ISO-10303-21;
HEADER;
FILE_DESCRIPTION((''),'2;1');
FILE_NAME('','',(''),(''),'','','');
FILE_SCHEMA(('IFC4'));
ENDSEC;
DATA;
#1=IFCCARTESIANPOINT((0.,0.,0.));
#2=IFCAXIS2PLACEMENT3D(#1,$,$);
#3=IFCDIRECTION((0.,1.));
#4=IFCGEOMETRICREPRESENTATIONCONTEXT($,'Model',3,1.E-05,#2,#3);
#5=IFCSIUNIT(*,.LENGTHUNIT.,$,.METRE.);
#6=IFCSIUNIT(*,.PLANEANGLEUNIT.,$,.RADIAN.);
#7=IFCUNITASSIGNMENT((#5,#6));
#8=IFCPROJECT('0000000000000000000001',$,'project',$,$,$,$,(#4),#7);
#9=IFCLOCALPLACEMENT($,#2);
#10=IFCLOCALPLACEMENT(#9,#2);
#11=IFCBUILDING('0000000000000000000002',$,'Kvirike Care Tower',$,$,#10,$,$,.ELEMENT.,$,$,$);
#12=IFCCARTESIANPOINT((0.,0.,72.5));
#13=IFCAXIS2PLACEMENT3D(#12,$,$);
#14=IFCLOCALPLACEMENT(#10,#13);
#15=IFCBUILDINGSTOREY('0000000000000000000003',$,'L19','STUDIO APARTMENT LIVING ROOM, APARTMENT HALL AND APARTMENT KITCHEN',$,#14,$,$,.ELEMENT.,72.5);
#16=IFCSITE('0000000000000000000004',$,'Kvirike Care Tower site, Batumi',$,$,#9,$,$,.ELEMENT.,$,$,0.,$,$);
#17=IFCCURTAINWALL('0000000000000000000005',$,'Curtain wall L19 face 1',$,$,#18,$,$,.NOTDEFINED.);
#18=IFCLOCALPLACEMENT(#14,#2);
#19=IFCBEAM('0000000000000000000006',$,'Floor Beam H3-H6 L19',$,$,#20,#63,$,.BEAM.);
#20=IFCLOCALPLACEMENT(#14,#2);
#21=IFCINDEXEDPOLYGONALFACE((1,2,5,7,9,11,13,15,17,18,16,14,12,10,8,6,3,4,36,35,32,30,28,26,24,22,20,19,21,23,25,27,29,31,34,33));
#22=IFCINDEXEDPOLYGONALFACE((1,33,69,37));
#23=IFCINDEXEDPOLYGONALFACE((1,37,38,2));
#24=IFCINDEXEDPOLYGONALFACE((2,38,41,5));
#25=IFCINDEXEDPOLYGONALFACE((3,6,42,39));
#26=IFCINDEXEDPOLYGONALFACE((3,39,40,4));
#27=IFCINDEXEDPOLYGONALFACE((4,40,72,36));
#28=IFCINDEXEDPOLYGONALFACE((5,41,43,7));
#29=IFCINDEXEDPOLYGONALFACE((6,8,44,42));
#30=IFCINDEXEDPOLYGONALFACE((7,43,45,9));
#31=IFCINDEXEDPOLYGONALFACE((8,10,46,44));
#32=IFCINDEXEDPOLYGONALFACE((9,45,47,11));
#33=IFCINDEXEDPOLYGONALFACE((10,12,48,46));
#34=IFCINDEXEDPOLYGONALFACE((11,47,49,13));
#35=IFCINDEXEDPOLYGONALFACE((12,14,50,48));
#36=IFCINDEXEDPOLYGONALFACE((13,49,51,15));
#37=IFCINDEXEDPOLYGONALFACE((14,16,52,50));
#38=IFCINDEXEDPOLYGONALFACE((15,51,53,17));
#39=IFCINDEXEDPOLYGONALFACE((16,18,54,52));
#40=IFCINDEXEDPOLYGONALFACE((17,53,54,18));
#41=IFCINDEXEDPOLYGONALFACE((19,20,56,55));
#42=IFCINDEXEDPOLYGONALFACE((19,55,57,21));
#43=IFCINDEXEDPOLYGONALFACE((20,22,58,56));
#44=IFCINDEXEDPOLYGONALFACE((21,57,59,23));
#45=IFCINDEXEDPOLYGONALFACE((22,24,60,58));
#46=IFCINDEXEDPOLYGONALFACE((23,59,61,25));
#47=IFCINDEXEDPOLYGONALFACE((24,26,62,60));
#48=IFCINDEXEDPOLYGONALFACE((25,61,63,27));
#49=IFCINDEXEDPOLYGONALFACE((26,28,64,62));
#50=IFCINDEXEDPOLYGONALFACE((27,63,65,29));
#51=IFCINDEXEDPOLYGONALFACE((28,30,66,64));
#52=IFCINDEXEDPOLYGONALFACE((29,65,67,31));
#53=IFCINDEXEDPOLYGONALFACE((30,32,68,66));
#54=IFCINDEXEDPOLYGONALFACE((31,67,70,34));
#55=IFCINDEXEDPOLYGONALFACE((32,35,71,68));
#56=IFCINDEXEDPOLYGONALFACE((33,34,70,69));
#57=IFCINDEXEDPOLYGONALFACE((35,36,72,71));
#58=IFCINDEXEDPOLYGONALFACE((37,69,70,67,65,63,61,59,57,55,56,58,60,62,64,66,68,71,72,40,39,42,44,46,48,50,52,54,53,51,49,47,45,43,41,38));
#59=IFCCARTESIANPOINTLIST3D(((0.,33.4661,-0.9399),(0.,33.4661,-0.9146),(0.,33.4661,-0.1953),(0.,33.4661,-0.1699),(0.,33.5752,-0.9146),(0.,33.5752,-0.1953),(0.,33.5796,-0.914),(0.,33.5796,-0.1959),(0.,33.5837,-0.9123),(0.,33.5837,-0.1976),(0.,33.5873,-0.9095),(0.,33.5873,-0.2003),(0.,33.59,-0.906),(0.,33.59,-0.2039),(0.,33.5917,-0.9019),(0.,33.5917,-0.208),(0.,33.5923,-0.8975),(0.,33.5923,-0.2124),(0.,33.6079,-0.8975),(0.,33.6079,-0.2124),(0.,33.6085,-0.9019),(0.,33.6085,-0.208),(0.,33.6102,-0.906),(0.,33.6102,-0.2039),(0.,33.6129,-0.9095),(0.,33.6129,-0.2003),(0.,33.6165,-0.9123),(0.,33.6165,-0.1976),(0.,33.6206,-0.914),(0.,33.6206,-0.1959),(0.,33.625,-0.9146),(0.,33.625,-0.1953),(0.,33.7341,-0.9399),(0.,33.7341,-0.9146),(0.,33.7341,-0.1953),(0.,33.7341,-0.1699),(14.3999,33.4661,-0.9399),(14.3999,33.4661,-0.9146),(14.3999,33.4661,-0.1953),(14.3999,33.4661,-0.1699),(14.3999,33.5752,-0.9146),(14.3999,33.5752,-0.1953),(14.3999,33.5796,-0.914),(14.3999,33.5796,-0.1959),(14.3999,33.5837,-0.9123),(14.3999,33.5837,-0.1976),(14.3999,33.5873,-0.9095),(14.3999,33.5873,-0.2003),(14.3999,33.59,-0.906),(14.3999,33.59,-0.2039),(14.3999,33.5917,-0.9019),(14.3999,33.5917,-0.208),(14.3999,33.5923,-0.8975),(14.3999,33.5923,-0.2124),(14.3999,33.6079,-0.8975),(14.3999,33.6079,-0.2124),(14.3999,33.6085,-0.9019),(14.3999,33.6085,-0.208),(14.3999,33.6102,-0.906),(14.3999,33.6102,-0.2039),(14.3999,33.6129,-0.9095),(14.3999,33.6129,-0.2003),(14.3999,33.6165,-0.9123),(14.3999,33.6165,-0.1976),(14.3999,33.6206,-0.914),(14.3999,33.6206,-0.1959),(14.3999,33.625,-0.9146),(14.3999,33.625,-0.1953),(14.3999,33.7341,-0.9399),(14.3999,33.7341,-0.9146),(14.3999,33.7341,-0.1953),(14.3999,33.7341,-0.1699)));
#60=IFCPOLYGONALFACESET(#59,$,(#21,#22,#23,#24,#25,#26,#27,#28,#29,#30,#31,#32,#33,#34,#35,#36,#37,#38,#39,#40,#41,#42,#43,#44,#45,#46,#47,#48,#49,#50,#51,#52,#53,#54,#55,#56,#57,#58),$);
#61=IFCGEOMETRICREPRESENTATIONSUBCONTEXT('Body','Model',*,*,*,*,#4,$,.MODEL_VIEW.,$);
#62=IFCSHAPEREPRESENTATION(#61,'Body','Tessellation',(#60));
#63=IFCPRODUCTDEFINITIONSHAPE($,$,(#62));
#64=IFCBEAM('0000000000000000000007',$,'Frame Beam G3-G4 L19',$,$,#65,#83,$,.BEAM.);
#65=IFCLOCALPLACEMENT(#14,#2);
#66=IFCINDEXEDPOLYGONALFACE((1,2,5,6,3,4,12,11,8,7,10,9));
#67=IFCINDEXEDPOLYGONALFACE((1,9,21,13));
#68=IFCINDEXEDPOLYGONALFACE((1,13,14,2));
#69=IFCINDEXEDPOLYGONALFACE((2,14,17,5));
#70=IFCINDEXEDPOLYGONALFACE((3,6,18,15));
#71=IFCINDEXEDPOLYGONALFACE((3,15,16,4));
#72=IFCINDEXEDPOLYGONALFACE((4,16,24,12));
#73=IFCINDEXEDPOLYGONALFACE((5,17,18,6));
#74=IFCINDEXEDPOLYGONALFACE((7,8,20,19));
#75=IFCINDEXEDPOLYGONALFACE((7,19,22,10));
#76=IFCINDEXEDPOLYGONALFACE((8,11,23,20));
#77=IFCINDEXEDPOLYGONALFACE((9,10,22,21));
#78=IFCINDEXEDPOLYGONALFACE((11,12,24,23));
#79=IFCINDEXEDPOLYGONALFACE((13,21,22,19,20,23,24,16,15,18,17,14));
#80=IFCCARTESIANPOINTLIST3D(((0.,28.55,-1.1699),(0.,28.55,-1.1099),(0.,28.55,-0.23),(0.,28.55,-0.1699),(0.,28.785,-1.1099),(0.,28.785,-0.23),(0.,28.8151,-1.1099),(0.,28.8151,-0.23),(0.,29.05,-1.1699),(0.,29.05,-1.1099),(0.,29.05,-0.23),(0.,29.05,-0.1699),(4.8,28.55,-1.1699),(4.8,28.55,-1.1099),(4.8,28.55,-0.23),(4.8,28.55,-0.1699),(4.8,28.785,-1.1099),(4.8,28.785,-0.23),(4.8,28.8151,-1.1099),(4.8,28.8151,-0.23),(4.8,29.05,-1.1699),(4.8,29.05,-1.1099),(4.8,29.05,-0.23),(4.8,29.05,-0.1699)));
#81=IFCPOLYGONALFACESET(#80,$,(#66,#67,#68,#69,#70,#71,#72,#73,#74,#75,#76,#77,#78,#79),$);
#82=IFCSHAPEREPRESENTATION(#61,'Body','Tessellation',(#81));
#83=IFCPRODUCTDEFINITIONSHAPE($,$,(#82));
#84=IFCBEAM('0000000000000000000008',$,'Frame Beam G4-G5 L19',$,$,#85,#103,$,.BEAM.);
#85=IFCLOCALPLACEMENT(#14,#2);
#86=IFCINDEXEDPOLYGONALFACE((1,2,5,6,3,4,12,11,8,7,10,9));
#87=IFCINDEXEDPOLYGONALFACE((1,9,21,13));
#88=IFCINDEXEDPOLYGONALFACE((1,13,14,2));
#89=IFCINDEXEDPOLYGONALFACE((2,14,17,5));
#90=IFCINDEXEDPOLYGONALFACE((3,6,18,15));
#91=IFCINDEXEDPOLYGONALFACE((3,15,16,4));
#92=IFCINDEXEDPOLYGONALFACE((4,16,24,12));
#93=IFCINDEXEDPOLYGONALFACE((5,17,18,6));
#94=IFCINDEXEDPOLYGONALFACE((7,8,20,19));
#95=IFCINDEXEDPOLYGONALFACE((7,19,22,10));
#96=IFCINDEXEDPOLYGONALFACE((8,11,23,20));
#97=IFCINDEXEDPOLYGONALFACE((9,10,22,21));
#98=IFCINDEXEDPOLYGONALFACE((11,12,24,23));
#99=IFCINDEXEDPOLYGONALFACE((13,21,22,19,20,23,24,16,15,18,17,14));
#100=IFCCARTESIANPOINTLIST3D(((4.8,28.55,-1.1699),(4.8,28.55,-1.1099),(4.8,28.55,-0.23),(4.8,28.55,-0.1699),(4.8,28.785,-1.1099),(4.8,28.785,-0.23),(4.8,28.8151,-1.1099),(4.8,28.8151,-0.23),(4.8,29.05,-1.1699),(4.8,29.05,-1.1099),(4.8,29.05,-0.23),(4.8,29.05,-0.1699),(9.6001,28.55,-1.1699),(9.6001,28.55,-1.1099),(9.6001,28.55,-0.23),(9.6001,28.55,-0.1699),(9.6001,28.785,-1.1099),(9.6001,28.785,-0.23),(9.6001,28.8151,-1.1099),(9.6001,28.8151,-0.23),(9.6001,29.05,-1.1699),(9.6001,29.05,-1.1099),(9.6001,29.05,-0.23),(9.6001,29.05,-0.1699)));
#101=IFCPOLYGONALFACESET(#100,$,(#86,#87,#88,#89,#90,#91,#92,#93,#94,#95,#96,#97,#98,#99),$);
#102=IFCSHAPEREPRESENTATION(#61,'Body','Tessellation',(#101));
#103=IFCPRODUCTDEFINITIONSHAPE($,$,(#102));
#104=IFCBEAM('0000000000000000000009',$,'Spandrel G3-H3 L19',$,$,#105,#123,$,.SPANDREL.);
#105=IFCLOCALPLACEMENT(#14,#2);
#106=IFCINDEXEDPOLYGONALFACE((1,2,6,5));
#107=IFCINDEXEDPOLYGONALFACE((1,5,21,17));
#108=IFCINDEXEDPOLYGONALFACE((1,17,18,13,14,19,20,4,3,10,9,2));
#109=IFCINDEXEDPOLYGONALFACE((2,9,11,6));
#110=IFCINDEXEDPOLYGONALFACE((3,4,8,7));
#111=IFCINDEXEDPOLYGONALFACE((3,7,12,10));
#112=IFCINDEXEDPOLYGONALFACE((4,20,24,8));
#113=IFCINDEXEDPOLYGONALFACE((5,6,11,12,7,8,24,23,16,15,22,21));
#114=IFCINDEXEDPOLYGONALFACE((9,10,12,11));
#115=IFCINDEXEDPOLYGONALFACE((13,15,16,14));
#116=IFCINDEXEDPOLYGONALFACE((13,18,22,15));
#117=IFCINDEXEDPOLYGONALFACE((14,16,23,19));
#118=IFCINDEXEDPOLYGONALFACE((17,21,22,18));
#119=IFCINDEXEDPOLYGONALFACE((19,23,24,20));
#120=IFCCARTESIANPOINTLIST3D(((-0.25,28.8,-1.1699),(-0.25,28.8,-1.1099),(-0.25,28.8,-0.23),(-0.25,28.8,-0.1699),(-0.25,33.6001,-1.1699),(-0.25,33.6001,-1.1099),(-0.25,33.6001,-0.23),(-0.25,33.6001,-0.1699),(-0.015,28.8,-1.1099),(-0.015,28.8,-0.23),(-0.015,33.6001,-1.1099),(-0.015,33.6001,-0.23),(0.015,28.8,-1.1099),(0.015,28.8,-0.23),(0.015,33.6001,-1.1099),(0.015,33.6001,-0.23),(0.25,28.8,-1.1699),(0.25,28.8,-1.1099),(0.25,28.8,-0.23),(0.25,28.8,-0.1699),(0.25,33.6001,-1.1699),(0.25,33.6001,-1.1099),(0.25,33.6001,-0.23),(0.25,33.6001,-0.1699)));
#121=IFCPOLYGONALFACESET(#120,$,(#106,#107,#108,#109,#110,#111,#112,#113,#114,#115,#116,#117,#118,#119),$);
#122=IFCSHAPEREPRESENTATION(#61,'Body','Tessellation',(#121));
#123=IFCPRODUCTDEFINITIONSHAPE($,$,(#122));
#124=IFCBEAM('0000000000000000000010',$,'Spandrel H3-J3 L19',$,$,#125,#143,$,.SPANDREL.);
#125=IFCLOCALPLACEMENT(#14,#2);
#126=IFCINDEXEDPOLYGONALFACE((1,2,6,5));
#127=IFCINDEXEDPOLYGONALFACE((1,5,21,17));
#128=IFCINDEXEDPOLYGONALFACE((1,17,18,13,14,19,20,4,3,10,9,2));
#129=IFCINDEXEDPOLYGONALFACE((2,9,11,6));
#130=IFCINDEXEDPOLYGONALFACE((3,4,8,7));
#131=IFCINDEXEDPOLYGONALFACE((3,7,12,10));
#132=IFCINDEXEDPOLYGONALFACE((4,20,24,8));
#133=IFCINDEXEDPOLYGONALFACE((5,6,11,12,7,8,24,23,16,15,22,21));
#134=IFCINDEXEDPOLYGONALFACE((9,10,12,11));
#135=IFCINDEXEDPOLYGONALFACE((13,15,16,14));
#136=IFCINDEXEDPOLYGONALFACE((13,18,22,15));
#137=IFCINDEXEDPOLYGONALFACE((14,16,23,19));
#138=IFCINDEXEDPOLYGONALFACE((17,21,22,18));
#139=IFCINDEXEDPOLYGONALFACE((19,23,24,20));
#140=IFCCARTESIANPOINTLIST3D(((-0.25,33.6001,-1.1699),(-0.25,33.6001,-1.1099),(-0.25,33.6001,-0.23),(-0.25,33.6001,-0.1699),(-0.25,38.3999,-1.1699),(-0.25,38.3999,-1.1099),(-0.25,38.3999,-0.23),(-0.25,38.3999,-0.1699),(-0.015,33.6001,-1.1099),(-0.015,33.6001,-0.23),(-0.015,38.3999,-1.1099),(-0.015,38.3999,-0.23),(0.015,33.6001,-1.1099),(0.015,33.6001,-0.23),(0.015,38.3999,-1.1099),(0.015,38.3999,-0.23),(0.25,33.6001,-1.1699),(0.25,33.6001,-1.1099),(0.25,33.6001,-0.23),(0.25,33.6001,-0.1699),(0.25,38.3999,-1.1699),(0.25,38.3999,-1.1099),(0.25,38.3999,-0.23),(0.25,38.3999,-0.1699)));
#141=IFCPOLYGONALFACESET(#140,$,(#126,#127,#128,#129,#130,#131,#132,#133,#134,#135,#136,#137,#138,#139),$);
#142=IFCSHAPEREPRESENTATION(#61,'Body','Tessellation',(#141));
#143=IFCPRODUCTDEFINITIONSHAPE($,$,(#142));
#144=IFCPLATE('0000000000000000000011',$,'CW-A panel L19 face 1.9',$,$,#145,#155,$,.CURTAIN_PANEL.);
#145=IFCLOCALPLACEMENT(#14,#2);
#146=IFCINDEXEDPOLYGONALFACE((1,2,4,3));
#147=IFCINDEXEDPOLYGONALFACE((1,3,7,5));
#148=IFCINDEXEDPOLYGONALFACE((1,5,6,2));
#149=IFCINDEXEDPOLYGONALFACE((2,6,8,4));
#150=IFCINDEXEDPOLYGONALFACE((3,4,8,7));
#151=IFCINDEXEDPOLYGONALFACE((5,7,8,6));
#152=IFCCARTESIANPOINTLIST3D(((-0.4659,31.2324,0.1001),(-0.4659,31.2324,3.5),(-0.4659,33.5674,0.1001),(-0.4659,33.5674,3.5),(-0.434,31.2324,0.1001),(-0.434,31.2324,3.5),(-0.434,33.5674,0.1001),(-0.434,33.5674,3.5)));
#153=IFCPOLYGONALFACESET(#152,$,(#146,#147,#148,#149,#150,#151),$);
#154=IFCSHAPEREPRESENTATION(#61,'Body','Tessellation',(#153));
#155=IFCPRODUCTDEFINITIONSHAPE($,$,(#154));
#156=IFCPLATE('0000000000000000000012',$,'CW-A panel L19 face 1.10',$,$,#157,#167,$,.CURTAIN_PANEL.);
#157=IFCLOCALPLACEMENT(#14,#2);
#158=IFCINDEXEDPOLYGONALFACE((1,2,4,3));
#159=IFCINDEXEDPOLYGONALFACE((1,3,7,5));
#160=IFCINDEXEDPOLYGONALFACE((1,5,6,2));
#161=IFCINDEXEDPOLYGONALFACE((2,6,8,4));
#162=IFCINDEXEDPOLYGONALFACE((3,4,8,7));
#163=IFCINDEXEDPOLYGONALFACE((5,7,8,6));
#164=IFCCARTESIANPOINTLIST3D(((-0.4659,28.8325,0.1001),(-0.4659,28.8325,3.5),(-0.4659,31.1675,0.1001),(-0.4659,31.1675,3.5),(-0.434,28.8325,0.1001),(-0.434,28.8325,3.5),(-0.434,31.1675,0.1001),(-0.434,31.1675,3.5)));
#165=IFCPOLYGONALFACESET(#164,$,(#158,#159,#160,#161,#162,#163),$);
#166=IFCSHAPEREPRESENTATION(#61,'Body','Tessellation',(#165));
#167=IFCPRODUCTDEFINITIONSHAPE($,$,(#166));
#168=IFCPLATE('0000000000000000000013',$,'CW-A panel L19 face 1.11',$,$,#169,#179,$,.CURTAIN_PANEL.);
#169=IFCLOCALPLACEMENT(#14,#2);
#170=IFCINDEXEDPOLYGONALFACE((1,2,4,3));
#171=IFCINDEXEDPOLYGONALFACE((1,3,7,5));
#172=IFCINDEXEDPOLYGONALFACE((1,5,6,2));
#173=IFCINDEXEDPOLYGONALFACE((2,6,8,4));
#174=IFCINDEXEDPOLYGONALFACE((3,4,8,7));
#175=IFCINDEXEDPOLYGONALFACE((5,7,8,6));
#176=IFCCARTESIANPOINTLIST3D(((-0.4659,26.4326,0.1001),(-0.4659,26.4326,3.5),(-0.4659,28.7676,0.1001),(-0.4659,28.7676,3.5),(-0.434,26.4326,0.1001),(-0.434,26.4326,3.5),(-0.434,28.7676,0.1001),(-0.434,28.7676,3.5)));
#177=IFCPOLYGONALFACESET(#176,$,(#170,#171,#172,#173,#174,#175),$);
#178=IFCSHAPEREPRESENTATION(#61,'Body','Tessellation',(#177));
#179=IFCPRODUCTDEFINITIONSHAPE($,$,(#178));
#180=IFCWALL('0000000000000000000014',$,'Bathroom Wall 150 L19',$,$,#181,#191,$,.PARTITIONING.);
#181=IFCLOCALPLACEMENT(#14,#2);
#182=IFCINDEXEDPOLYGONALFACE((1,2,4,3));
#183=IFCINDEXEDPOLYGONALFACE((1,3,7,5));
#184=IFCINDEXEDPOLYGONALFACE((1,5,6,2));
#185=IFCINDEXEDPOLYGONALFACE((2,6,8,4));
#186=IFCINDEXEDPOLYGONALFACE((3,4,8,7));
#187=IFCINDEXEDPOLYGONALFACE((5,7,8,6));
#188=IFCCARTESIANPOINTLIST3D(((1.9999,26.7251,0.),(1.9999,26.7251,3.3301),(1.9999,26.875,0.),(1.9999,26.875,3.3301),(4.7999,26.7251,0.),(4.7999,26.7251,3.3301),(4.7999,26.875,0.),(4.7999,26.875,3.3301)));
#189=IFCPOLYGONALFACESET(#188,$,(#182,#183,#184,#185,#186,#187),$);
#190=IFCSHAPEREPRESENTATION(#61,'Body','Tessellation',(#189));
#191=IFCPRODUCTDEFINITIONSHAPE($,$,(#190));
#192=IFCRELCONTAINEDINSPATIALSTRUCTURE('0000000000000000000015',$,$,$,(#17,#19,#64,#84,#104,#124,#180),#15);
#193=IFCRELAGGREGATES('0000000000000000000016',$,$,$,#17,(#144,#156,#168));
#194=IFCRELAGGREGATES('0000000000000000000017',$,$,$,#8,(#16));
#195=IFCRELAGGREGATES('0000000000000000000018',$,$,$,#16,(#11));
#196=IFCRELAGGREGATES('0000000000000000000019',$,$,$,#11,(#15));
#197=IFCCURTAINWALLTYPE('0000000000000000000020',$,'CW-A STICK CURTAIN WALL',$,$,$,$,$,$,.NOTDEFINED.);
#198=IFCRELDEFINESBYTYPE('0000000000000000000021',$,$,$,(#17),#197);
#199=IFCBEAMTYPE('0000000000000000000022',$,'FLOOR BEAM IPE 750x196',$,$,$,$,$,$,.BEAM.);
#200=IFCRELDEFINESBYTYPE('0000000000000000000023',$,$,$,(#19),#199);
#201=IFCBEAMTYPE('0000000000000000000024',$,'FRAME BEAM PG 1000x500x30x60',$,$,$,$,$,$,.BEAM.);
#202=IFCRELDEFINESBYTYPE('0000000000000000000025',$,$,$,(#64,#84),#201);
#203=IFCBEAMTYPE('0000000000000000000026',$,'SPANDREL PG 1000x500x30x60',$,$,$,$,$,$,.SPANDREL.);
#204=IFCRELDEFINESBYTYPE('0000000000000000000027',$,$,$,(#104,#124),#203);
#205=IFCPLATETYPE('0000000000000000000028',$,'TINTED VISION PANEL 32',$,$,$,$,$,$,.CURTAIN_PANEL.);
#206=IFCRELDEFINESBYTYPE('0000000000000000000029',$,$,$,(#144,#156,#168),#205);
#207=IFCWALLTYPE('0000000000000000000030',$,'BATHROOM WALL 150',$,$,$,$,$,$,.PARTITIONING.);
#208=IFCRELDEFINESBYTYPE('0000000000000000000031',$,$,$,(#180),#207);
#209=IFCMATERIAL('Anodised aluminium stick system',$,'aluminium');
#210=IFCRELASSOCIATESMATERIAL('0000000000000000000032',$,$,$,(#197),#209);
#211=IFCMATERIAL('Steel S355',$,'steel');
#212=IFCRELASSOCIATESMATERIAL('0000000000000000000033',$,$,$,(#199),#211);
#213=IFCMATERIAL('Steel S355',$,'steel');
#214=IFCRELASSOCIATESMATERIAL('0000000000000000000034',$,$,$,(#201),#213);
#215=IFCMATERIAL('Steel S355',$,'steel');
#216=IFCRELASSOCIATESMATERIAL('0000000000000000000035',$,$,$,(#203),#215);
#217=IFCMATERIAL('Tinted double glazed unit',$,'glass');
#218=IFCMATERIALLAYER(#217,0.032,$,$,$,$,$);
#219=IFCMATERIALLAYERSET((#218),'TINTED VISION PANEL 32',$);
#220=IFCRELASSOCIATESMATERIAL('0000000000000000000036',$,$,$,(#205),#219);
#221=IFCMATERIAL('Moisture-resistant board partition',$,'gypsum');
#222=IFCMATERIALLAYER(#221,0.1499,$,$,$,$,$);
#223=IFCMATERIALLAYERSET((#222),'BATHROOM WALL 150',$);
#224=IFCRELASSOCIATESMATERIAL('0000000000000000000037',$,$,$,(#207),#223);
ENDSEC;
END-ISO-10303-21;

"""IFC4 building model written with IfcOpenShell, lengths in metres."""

from ifc_helpers import new_model, si_unit, direction, frame, frame_2d, origin, origin_2d, place, context, subcontext, project, spatial, rectangle, i_section, extrude, material, layer, layer_set, material_profile, profile_set, type_object, element, aggregate, save


model = new_model("IFC4")

# Units and contexts
model_context = context("Model", 3, precision=1e-05, world=origin(), true_north=direction((0.0, 1.0)))
body_context = subcontext(model_context, "Body", "Model", "MODEL_VIEW")
ifc_project = project(units=[si_unit("LENGTHUNIT", "METRE"), si_unit("PLANEANGLEUNIT", "RADIAN")], contexts=[model_context])

# Site, building, storey
site_placement = place(None, origin())
site = spatial("IfcSite", under=ifc_project, at=site_placement, Name="Kvirike Care Tower site, Batumi", CompositionType="ELEMENT", RefElevation=0.0)
building_placement = place(site_placement, origin())
building = spatial("IfcBuilding", under=site, at=building_placement, Name="Kvirike Care Tower", CompositionType="ELEMENT")
storey_placement = place(building_placement, frame((0.0, 0.0, 72.5)))
storey = spatial("IfcBuildingStorey", under=building, at=storey_placement, Name="L19", Description="STUDIO APARTMENT LIVING ROOM, APARTMENT HALL AND APARTMENT KITCHEN", CompositionType="ELEMENT", Elevation=72.5)

# Curtain wall
ifc_material_1 = material(Name="Anodised aluminium stick system", Category="aluminium")
curtain_wall_type = type_object("IfcCurtainWallType", Name="CW-A STICK CURTAIN WALL", PredefinedType="NOTDEFINED", material=ifc_material_1)
curtain_wall_placement = place(storey_placement, origin())
curtain_wall = element("IfcCurtainWall", 1, at=curtain_wall_placement, inside=storey, type_object=curtain_wall_type, Name="Curtain wall L19 face 1", PredefinedType="NOTDEFINED")

# Beams
ifc_material_2 = material(Name="Steel S355", Category="steel")
ifc_material_profile_1 = material_profile(ifc_material_2, i_section(OverallWidth=0.2681, OverallDepth=0.77, WebThickness=0.0156, FlangeThickness=0.0254, FilletRadius=0.0171, at=origin_2d()), Name="IPE 750x196")
ifc_profile_set_1 = profile_set([ifc_material_profile_1], Name="Steel S355")
beam_type_1 = type_object("IfcBeamType", Name="FLOOR BEAM IPE 750x196", PredefinedType="BEAM", material=ifc_profile_set_1)
beam_1_placement = place(storey_placement, frame((0.0, 33.6001, -0.5549), z_axis=(1.0, 0.0, 0.0), x_axis=(0.0, 1.0, 0.0)))
element("IfcBeam", 2, at=beam_1_placement, inside=storey, type_object=beam_type_1, Name="Floor Beam H3-H6 L19", PredefinedType="BEAM", context=body_context, shape_type="SweptSolid", body=[
    extrude(i_section(OverallWidth=0.2681, OverallDepth=0.77, WebThickness=0.0156, FlangeThickness=0.0254, FilletRadius=0.0171, at=origin_2d()), origin(), (0.0, 0.0, 1.0), 14.3999),
])
ifc_material_3 = material(Name="Steel S355", Category="steel")
ifc_material_profile_2 = material_profile(ifc_material_3, i_section(OverallWidth=0.5, OverallDepth=1.0, WebThickness=0.03, FlangeThickness=0.0601, at=origin_2d()), Name="PG 1000x500x30x60")
ifc_profile_set_2 = profile_set([ifc_material_profile_2], Name="Steel S355")
beam_type_2 = type_object("IfcBeamType", Name="FRAME BEAM PG 1000x500x30x60", PredefinedType="BEAM", material=ifc_profile_set_2)
for number, where, z_axis, x_axis, name in (
    (3, (0.0, 28.8, -0.6699), (1.0, 0.0, 0.0), (0.0, 1.0, 0.0), "Frame Beam G3-G4 L19"),
    (4, (4.8, 28.8, -0.6699), (1.0, 0.0, 0.0), (0.0, 1.0, 0.0), "Frame Beam G4-G5 L19"),
):
    element("IfcBeam", number, at=place(storey_placement, frame(where, z_axis=z_axis, x_axis=x_axis)), inside=storey, type_object=beam_type_2, Name=name, PredefinedType="BEAM", context=body_context, shape_type="SweptSolid", body=[
        extrude(i_section(OverallWidth=0.5, OverallDepth=1.0, WebThickness=0.03, FlangeThickness=0.0601, at=origin_2d()), origin(), (0.0, 0.0, 1.0), 4.8),
    ])
ifc_material_4 = material(Name="Steel S355", Category="steel")
ifc_material_profile_3 = material_profile(ifc_material_4, i_section(OverallWidth=0.5, OverallDepth=1.0, WebThickness=0.03, FlangeThickness=0.0601, at=origin_2d()), Name="PG 1000x500x30x60")
ifc_profile_set_3 = profile_set([ifc_material_profile_3], Name="Steel S355")
beam_type_3 = type_object("IfcBeamType", Name="SPANDREL PG 1000x500x30x60", PredefinedType="SPANDREL", material=ifc_profile_set_3)
beam_2_placement = place(storey_placement, frame((0.0, 28.8, -0.6699), z_axis=(0.0, 1.0, 0.0), x_axis=(-1.0, 0.0, 0.0)))
element("IfcBeam", 5, at=beam_2_placement, inside=storey, type_object=beam_type_3, Name="Spandrel G3-H3 L19", PredefinedType="SPANDREL", context=body_context, shape_type="SweptSolid", body=[
    extrude(i_section(OverallWidth=0.5, OverallDepth=1.0, WebThickness=0.03, FlangeThickness=0.0601, at=origin_2d()), origin(), (0.0, 0.0, 1.0), 4.8),
])
beam_3_placement = place(storey_placement, frame((0.0, 33.6001, -0.6699), z_axis=(0.0, 1.0, 0.0), x_axis=(-1.0, 0.0, 0.0)))
element("IfcBeam", 6, at=beam_3_placement, inside=storey, type_object=beam_type_3, Name="Spandrel H3-J3 L19", PredefinedType="SPANDREL", context=body_context, shape_type="SweptSolid", body=[
    extrude(i_section(OverallWidth=0.5, OverallDepth=1.0, WebThickness=0.03, FlangeThickness=0.0601, at=origin_2d()), origin(), (0.0, 0.0, 1.0), 4.7998),
])

# Plates
ifc_material_5 = material(Name="Tinted double glazed unit", Category="glass")
ifc_layer_1 = layer(ifc_material_5, 0.032)
ifc_layer_set_1 = layer_set([ifc_layer_1], Name="TINTED VISION PANEL 32")
plate_type = type_object("IfcPlateType", Name="TINTED VISION PANEL 32", PredefinedType="CURTAIN_PANEL", material=ifc_layer_set_1)
plate_1_placement = place(storey_placement, frame((-0.45, 32.3999, 0.1001), z_axis=(0.0, 0.0, 1.0), x_axis=(0.0, -1.0, 0.0)))
plate_1 = element("IfcPlate", 7, at=plate_1_placement, type_object=plate_type, Name="CW-A panel L19 face 1.9", PredefinedType="CURTAIN_PANEL", context=body_context, shape_type="SweptSolid", body=[
    extrude(rectangle(XDim=2.335, YDim=0.032, at=origin_2d()), origin(), (0.0, 0.0, 1.0), 3.3999),
])
plate_2_placement = place(storey_placement, frame((-0.45, 30.0, 0.1001), z_axis=(0.0, 0.0, 1.0), x_axis=(0.0, -1.0, 0.0)))
plate_2 = element("IfcPlate", 8, at=plate_2_placement, type_object=plate_type, Name="CW-A panel L19 face 1.10", PredefinedType="CURTAIN_PANEL", context=body_context, shape_type="SweptSolid", body=[
    extrude(rectangle(XDim=2.335, YDim=0.032, at=origin_2d()), origin(), (0.0, 0.0, 1.0), 3.3999),
])
plate_3_placement = place(storey_placement, frame((-0.45, 27.6001, 0.1001), z_axis=(0.0, 0.0, 1.0), x_axis=(0.0, -1.0, 0.0)))
plate_3 = element("IfcPlate", 9, at=plate_3_placement, type_object=plate_type, Name="CW-A panel L19 face 1.11", PredefinedType="CURTAIN_PANEL", context=body_context, shape_type="SweptSolid", body=[
    extrude(rectangle(XDim=2.335, YDim=0.032, at=origin_2d()), origin(), (0.0, 0.0, 1.0), 3.3999),
])
aggregate(curtain_wall, [plate_1, plate_2, plate_3])

# Wall
ifc_material_6 = material(Name="Moisture-resistant board partition", Category="gypsum")
ifc_layer_2 = layer(ifc_material_6, 0.1499)
ifc_layer_set_2 = layer_set([ifc_layer_2], Name="BATHROOM WALL 150")
wall_type_1 = type_object("IfcWallType", Name="BATHROOM WALL 150", PredefinedType="PARTITIONING", material=ifc_layer_set_2)
wall_1_placement = place(storey_placement, frame((2.0, 26.8, 0.0), z_axis=(0.0, 0.0, 1.0), x_axis=(1.0, 0.0, 0.0)))
element("IfcWall", 10, at=wall_1_placement, inside=storey, type_object=wall_type_1, Name="Bathroom Wall 150 L19", PredefinedType="PARTITIONING", context=body_context, shape_type="SweptSolid", body=[
    extrude(rectangle(XDim=2.8, YDim=0.1499, at=frame_2d((1.3999, 0.0))), origin(), (0.0, 0.0, 1.0), 3.3301),
])

save(model, "model.ifc")
